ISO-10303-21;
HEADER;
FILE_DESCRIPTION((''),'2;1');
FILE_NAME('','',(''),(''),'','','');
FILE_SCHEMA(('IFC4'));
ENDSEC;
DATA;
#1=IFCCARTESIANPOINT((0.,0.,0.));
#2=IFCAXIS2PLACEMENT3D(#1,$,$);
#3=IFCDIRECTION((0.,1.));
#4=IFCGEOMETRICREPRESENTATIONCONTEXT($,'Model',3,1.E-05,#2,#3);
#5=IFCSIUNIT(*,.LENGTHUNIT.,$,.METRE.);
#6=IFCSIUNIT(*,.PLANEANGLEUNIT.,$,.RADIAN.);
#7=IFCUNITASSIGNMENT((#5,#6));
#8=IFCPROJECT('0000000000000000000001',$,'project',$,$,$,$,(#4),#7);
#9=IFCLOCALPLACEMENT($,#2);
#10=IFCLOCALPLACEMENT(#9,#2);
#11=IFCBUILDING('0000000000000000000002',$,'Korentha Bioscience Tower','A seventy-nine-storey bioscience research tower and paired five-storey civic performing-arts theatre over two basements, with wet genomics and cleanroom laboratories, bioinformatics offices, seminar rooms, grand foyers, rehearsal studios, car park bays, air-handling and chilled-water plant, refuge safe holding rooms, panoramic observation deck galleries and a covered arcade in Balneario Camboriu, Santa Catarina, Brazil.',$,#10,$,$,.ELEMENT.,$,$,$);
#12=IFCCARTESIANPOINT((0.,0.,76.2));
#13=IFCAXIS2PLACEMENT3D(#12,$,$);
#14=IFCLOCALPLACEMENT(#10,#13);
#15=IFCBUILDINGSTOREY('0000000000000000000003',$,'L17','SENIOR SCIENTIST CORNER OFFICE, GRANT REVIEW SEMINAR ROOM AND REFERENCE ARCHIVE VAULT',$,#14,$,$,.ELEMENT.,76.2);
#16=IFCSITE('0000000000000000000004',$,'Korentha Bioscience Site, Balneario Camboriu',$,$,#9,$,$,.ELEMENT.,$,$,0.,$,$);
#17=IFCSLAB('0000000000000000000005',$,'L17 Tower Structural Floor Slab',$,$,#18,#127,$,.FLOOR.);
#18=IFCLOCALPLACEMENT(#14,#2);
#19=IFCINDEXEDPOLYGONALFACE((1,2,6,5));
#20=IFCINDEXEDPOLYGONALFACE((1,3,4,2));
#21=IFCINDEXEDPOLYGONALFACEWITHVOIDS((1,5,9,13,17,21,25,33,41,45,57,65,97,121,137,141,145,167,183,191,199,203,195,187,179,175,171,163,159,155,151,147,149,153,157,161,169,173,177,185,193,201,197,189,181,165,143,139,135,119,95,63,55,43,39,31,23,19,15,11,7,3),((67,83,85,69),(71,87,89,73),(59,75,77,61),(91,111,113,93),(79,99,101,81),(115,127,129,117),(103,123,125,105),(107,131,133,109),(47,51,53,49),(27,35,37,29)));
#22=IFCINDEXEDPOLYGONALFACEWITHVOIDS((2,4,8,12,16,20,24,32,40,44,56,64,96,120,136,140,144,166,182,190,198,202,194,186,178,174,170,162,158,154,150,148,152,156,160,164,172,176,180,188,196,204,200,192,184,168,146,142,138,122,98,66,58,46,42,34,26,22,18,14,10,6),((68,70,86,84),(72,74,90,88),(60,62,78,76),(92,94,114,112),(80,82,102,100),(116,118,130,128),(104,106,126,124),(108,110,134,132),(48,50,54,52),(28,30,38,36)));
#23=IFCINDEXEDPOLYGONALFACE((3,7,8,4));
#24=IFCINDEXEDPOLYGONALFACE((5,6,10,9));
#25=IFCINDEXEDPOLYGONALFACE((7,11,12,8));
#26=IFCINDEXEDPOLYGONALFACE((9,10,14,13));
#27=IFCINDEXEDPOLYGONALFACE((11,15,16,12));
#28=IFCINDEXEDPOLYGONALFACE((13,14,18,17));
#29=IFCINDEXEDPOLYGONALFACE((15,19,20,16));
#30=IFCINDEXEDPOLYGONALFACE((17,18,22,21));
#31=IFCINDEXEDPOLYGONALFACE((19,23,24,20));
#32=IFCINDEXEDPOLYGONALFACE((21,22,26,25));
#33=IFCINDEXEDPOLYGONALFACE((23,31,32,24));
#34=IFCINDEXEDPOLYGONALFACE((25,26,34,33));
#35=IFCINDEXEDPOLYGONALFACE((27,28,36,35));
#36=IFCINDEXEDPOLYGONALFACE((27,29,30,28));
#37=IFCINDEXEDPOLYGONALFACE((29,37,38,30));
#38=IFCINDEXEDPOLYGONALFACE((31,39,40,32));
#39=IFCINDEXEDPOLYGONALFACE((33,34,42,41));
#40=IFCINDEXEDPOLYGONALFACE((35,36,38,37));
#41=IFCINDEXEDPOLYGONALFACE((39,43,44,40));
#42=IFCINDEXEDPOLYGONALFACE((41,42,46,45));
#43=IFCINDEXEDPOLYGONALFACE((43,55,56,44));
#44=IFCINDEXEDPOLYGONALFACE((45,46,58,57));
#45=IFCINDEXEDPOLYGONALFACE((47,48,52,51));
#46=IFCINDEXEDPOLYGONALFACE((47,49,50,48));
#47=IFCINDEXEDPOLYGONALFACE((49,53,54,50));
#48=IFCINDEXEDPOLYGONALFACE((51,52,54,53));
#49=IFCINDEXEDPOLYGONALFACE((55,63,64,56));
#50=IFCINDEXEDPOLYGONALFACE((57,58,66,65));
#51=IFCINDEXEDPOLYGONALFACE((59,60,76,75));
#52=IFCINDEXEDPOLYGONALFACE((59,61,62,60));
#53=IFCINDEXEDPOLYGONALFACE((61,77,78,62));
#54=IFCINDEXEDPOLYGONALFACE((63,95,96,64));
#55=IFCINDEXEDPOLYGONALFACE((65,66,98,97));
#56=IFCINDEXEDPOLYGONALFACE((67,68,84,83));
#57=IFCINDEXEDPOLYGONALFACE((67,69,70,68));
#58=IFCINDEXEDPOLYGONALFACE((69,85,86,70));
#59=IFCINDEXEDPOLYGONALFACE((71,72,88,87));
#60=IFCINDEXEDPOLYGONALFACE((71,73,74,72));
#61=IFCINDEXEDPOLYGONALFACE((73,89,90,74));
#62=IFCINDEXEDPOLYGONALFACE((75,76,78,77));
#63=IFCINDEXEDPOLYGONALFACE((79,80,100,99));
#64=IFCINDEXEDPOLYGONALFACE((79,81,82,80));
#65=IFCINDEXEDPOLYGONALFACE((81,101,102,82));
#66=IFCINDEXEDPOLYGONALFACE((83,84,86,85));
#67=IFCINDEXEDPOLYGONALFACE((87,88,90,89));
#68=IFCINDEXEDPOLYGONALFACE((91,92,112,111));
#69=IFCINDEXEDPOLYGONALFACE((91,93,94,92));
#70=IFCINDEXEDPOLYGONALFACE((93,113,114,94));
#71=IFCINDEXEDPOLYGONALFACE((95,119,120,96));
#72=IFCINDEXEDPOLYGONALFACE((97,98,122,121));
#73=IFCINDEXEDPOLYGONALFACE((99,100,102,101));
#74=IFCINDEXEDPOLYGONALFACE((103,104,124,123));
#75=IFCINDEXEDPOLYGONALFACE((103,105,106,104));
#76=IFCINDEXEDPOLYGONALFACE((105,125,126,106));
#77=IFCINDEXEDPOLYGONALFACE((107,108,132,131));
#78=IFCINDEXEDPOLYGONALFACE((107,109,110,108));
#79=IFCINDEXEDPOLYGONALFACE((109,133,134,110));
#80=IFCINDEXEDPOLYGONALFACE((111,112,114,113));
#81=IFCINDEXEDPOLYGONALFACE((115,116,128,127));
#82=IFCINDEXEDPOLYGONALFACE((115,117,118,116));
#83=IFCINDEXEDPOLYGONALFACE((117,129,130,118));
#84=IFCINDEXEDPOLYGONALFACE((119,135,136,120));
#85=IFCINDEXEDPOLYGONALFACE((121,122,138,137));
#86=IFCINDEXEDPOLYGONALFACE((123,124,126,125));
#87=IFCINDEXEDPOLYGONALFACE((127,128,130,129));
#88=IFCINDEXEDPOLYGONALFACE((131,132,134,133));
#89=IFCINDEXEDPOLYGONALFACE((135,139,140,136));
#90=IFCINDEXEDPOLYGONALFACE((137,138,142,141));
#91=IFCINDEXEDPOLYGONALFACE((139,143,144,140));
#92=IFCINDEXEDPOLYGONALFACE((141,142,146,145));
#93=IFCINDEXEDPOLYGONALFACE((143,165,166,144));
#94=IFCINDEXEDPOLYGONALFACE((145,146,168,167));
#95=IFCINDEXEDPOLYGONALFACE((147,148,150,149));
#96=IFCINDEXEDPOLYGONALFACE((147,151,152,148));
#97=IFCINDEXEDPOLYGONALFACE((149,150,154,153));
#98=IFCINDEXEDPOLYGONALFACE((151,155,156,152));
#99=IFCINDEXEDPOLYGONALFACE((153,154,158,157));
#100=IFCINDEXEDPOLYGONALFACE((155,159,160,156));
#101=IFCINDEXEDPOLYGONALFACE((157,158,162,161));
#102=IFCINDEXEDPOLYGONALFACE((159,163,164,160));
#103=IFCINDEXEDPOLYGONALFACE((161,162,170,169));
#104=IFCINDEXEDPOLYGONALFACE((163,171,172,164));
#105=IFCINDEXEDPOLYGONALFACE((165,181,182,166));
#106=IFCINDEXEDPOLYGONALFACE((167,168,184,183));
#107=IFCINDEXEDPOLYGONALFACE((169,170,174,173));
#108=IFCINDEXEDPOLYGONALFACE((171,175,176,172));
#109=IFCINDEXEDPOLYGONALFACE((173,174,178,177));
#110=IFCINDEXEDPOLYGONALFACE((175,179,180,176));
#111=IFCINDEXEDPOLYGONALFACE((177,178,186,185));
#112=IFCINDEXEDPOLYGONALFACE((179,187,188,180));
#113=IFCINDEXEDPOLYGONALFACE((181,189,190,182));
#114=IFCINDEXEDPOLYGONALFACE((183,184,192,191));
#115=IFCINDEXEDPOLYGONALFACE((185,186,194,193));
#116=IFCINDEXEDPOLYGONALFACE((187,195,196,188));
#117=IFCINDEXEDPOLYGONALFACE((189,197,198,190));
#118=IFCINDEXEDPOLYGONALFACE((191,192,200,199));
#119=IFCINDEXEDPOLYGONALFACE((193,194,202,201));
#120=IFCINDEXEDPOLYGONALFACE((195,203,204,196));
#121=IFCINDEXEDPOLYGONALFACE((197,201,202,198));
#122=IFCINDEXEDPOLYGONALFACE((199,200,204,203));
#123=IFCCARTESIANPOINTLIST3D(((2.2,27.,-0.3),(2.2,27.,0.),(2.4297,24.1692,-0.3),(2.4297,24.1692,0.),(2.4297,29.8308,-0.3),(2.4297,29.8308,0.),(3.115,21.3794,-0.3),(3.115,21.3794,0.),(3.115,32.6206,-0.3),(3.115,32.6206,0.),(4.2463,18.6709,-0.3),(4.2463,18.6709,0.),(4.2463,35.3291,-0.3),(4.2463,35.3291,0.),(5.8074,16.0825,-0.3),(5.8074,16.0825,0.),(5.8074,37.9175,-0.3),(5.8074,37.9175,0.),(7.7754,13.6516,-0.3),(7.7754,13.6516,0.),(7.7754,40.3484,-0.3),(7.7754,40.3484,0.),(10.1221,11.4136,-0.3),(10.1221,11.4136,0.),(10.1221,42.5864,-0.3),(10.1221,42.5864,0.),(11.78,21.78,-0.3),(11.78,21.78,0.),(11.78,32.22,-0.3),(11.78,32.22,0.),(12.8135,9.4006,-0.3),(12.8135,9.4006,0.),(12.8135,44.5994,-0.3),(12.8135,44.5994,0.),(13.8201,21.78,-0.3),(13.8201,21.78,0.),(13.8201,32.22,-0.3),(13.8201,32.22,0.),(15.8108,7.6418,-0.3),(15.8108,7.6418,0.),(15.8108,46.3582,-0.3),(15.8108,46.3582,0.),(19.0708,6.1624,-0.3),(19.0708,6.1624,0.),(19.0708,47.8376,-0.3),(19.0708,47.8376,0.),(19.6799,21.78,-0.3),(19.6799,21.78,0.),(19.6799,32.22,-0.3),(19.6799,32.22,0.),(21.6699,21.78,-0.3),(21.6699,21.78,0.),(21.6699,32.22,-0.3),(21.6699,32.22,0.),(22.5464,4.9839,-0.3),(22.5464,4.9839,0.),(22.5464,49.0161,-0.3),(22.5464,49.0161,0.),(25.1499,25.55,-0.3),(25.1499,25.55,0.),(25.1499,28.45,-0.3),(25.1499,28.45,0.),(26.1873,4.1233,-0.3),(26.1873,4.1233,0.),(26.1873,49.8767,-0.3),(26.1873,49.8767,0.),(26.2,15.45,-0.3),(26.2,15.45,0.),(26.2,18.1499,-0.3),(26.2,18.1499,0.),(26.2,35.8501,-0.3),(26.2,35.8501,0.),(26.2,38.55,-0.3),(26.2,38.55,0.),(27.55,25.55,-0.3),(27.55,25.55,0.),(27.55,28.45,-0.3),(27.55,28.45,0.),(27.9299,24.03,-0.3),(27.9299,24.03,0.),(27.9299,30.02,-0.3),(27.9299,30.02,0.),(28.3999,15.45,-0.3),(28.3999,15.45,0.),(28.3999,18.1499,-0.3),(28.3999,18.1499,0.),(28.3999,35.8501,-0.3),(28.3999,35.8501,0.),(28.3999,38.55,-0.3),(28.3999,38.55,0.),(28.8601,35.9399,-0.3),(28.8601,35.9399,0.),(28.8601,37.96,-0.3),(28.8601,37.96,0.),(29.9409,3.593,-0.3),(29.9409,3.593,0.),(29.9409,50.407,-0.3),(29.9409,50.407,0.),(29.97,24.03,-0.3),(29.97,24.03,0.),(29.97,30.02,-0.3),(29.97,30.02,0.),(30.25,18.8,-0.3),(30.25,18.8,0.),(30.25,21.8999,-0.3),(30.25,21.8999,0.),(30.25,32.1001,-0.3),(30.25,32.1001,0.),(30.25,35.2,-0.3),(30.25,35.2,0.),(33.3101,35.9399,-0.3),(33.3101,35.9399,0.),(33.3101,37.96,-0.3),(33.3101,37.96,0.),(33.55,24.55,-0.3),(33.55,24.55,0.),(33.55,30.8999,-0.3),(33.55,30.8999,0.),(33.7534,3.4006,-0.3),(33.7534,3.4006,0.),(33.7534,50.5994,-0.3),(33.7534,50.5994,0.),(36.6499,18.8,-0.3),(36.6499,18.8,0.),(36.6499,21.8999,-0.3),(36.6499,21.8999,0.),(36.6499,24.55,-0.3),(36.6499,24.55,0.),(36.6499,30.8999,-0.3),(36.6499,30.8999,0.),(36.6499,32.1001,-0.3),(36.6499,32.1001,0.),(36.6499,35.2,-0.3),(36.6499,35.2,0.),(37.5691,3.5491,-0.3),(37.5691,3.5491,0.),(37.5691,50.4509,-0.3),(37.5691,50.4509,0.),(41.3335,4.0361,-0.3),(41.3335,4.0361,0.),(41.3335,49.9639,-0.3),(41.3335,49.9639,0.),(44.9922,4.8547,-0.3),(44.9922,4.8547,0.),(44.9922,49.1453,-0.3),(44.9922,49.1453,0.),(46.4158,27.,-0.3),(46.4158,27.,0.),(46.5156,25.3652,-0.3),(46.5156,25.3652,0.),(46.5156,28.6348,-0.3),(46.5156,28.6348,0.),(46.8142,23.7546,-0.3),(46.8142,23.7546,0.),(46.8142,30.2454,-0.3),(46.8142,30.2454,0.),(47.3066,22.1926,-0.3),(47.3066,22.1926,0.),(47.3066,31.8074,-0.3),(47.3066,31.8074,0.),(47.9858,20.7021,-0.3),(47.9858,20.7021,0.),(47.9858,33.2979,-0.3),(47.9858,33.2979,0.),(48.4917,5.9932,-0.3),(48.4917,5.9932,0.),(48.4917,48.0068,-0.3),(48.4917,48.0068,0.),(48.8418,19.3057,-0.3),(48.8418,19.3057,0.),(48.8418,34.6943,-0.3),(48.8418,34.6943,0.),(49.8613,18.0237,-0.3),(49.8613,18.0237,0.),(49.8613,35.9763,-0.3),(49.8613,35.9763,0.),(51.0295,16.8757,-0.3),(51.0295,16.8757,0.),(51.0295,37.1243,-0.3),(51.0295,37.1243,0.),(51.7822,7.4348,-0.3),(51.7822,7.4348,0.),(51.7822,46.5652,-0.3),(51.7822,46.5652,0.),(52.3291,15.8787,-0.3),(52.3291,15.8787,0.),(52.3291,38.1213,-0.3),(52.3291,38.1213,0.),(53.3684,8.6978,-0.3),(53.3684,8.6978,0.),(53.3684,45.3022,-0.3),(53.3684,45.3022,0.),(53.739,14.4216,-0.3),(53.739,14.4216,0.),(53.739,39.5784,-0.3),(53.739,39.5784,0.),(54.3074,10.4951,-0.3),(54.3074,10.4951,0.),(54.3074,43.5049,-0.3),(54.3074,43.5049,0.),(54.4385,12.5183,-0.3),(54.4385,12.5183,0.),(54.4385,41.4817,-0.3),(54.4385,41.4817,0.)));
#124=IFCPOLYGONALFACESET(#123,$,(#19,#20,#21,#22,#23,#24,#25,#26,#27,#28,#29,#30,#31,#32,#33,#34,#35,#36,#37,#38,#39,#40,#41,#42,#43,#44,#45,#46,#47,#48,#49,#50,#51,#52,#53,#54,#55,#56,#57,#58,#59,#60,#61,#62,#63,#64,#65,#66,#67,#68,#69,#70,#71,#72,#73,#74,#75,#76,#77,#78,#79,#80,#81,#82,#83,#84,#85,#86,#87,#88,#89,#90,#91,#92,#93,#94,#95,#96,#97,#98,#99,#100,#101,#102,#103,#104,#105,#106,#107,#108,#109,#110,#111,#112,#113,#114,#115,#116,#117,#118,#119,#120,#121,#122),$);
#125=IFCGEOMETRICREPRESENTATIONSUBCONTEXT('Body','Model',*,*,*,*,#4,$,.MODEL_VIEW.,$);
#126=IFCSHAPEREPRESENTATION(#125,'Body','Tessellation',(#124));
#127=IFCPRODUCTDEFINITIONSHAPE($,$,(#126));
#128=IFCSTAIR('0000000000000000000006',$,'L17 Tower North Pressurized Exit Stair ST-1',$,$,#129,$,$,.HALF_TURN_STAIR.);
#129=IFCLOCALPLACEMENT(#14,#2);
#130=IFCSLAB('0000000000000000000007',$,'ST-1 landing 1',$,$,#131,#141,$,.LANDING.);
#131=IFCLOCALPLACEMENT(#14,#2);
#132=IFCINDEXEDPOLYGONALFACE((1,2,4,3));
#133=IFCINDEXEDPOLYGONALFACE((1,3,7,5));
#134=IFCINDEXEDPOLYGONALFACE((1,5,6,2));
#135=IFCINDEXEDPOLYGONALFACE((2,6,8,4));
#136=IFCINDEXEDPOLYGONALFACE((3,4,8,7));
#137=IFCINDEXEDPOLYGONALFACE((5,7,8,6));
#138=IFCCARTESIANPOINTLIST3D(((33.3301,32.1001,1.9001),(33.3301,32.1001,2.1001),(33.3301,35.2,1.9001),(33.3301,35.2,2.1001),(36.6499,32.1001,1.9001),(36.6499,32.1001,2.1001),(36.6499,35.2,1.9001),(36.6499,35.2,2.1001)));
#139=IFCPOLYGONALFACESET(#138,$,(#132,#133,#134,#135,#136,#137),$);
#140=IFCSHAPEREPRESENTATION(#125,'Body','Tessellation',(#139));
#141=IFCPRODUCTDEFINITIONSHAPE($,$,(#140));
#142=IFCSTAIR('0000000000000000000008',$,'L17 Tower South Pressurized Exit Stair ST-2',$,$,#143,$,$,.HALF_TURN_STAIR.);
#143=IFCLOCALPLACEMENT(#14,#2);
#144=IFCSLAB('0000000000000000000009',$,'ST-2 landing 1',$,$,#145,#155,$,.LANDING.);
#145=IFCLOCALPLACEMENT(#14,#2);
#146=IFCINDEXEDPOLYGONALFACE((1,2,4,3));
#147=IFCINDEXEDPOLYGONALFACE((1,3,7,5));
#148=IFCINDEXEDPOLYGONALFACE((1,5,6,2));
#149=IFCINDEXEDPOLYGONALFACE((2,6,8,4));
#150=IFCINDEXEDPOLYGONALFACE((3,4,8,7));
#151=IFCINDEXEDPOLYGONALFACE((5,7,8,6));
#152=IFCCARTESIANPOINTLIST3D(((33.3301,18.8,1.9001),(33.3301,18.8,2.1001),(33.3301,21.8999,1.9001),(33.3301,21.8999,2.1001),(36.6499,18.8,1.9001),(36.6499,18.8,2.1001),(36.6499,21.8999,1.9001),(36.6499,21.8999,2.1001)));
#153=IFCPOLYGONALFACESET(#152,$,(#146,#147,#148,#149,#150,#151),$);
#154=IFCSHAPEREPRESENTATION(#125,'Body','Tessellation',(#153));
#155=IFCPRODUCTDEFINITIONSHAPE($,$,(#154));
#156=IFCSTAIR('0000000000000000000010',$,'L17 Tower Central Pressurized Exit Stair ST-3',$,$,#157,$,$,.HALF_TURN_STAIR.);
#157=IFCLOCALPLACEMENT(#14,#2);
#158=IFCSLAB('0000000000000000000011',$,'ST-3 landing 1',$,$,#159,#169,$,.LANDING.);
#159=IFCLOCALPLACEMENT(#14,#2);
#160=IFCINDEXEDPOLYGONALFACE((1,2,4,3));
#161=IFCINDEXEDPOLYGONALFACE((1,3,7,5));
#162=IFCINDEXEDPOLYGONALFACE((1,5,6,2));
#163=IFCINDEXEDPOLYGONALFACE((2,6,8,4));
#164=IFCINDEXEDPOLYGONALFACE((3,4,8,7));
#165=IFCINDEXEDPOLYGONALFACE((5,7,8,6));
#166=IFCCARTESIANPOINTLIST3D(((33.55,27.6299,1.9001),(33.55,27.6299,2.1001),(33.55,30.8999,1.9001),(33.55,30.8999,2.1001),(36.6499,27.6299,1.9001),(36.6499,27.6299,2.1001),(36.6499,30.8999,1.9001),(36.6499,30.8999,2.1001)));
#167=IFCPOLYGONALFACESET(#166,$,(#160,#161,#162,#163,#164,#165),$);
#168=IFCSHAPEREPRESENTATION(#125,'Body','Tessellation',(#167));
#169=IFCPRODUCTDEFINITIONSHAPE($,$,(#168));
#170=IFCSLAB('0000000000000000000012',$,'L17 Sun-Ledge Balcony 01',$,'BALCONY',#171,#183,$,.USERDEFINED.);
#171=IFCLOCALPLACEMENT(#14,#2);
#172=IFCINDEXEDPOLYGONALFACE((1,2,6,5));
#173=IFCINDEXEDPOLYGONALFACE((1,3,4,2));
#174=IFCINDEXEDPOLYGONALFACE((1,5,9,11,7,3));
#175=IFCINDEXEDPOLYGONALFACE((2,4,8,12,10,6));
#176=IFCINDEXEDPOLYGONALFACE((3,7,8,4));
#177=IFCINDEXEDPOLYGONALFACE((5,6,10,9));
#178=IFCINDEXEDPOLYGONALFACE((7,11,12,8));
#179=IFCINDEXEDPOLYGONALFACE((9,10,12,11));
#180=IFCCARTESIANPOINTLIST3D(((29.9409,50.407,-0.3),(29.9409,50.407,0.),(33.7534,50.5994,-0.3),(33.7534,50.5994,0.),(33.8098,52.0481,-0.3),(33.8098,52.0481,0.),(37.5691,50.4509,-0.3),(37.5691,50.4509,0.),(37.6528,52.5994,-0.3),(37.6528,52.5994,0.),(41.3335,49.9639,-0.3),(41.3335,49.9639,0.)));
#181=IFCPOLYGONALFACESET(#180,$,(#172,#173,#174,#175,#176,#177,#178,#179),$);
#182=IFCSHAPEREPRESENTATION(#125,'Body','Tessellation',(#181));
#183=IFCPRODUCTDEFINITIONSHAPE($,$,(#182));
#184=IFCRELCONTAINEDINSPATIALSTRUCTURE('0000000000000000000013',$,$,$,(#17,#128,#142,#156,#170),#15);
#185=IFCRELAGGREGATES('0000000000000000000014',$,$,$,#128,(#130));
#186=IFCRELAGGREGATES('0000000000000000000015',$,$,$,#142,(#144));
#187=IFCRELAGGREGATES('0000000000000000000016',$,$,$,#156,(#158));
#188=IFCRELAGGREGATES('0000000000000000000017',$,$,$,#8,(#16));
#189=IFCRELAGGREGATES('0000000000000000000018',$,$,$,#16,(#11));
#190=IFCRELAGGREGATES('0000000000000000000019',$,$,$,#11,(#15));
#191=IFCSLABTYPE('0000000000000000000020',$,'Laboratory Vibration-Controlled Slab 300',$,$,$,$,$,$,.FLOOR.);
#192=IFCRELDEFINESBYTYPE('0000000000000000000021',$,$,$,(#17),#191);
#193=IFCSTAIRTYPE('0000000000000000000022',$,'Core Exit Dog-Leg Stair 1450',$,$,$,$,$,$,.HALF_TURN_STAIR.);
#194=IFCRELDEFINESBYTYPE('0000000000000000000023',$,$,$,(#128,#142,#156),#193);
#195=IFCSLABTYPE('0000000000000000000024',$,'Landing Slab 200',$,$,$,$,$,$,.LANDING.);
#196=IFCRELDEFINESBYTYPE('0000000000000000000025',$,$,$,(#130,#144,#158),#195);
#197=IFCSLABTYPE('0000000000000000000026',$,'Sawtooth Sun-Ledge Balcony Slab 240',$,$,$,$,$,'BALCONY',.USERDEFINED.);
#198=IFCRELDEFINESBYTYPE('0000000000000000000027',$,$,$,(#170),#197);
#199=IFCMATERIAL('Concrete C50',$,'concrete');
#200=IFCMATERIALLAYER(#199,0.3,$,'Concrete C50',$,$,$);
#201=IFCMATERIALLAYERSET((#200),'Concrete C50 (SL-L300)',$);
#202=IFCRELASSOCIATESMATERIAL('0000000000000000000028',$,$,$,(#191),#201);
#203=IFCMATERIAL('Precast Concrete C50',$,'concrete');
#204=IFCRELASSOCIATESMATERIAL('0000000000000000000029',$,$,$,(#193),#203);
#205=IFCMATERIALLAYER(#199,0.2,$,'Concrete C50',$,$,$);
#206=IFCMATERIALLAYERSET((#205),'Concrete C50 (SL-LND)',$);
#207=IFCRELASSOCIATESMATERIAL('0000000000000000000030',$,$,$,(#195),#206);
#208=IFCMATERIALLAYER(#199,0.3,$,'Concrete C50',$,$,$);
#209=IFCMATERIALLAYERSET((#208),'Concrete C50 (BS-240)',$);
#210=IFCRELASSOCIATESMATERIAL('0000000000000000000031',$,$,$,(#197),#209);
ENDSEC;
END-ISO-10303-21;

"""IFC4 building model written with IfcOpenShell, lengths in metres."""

from ifc_helpers import new_model, si_unit, direction, frame, origin, place, context, subcontext, project, spatial, polyline, outline, extrude, material, layer, layer_set, type_object, element, aggregate, save


model = new_model("IFC4")

# Units and contexts
model_context = context("Model", 3, precision=1e-05, world=origin(), true_north=direction((0.0, 1.0)))
body_context = subcontext(model_context, "Body", "Model", "MODEL_VIEW")
ifc_project = project(units=[si_unit("LENGTHUNIT", "METRE"), si_unit("PLANEANGLEUNIT", "RADIAN")], contexts=[model_context])

# Site, building, storey
site_placement = place(None, origin())
site = spatial("IfcSite", under=ifc_project, at=site_placement, Name="Korentha Bioscience Site, Balneario Camboriu", CompositionType="ELEMENT", RefElevation=0.0)
building_placement = place(site_placement, origin())
building = spatial("IfcBuilding", under=site, at=building_placement, Name="Korentha Bioscience Tower", Description="A seventy-nine-storey bioscience research tower and paired five-storey civic performing-arts theatre over two basements, with wet genomics and cleanroom laboratories, bioinformatics offices, seminar rooms, grand foyers, rehearsal studios, car park bays, air-handling and chilled-water plant, refuge safe holding rooms, panoramic observation deck galleries and a covered arcade in Balneario Camboriu, Santa Catarina, Brazil.", CompositionType="ELEMENT")
storey_placement = place(building_placement, frame((0.0, 0.0, 76.2)))
storey = spatial("IfcBuildingStorey", under=building, at=storey_placement, Name="L17", Description="SENIOR SCIENTIST CORNER OFFICE, GRANT REVIEW SEMINAR ROOM AND REFERENCE ARCHIVE VAULT", CompositionType="ELEMENT", Elevation=76.2)

# Slab
ifc_material_1 = material(Name="Concrete C50", Category="concrete")
ifc_layer_1 = layer(ifc_material_1, 0.3, Name="Concrete C50")
ifc_layer_set_1 = layer_set([ifc_layer_1], Name="Concrete C50 (SL-L300)")
slab_type_1 = type_object("IfcSlabType", Name="Laboratory Vibration-Controlled Slab 300", PredefinedType="FLOOR", material=ifc_layer_set_1)
slab_1_placement = place(storey_placement, frame((0.0, 0.0, -0.3)))
element("IfcSlab", 1, at=slab_1_placement, inside=storey, type_object=slab_type_1, Name="L17 Tower Structural Floor Slab", PredefinedType="FLOOR", context=body_context, shape_type="SweptSolid", body=[
    extrude(outline(polyline([(51.7822, 46.5652), (48.4917, 48.0068), (44.9922, 49.1453), (41.3335, 49.9639), (37.5691, 50.4509), (33.7534, 50.5994), (29.9409, 50.407), (26.1873, 49.8767), (22.5464, 49.0161), (19.0708, 47.8376), (15.8108, 46.3582), (12.8135, 44.5994), (10.1221, 42.5864), (7.7754, 40.3484), (5.8074, 37.9175), (4.2463, 35.3291), (3.115, 32.6206), (2.4297, 29.8308), (2.2, 27.0), (2.4297, 24.1692), (3.115, 21.3794), (4.2463, 18.6709), (5.8074, 16.0825), (7.7754, 13.6516), (10.1221, 11.4136), (12.8135, 9.4006), (15.8108, 7.6418), (19.0708, 6.1624), (22.5464, 4.9839), (26.1873, 4.1233), (29.9409, 3.593), (33.7534, 3.4006), (37.5691, 3.5491), (41.3335, 4.0361), (44.9922, 4.8547), (48.4917, 5.9932), (51.7822, 7.4348), (53.3684, 8.6978), (54.3074, 10.4951), (54.4385, 12.5183), (53.739, 14.4216), (52.3291, 15.8787), (51.0295, 16.8757), (49.8613, 18.0237), (48.8418, 19.3057), (47.9858, 20.7021), (47.3066, 22.1926), (46.8142, 23.7546), (46.5156, 25.3652), (46.4158, 27.0), (46.5156, 28.6348), (46.8142, 30.2454), (47.3066, 31.8074), (47.9858, 33.2979), (48.8418, 34.6943), (49.8613, 35.9763), (51.0295, 37.1243), (52.3291, 38.1213), (53.739, 39.5784), (54.4385, 41.4817), (54.3074, 43.5049), (53.3684, 45.3022), (51.7822, 46.5652)]), holes=[polyline([(30.25, 32.1001), (36.6499, 32.1001), (36.6499, 35.2), (30.25, 35.2), (30.25, 32.1001)]), polyline([(30.25, 18.8), (36.6499, 18.8), (36.6499, 21.8999), (30.25, 21.8999), (30.25, 18.8)]), polyline([(36.6499, 24.55), (36.6499, 30.8999), (33.55, 30.8999), (33.55, 24.55), (36.6499, 24.55)]), polyline([(11.78, 21.78), (13.8201, 21.78), (13.8201, 32.22), (11.78, 32.22), (11.78, 21.78)]), polyline([(19.6799, 21.78), (21.6699, 21.78), (21.6699, 32.22), (19.6799, 32.22), (19.6799, 21.78)]), polyline([(27.9299, 24.03), (29.97, 24.03), (29.97, 30.02), (27.9299, 30.02), (27.9299, 24.03)]), polyline([(28.8601, 35.9399), (33.3101, 35.9399), (33.3101, 37.96), (28.8601, 37.96), (28.8601, 35.9399)]), polyline([(26.2, 15.45), (28.3999, 15.45), (28.3999, 18.1499), (26.2, 18.1499), (26.2, 15.45)]), polyline([(26.2, 35.8501), (28.3999, 35.8501), (28.3999, 38.55), (26.2, 38.55), (26.2, 35.8501)]), polyline([(25.1499, 25.55), (27.55, 25.55), (27.55, 28.45), (25.1499, 28.45), (25.1499, 25.55)])]), origin(), (0.0, 0.0, 1.0), 0.3),
])

# Stairs, slabs
ifc_material_2 = material(Name="Precast Concrete C50", Category="concrete")
stair_type = type_object("IfcStairType", Name="Core Exit Dog-Leg Stair 1450", PredefinedType="HALF_TURN_STAIR", material=ifc_material_2)
stair_1_placement = place(storey_placement, origin())
stair_1 = element("IfcStair", 2, at=stair_1_placement, inside=storey, type_object=stair_type, Name="L17 Tower North Pressurized Exit Stair ST-1", PredefinedType="HALF_TURN_STAIR")
ifc_layer_2 = layer(ifc_material_1, 0.2, Name="Concrete C50")
ifc_layer_set_2 = layer_set([ifc_layer_2], Name="Concrete C50 (SL-LND)")
slab_type_2 = type_object("IfcSlabType", Name="Landing Slab 200", PredefinedType="LANDING", material=ifc_layer_set_2)
slab_2_placement = place(storey_placement, frame((0.0, 0.0, 1.9001)))
slab_2 = element("IfcSlab", 3, at=slab_2_placement, type_object=slab_type_2, Name="ST-1 landing 1", PredefinedType="LANDING", context=body_context, shape_type="SweptSolid", body=[
    extrude(outline(polyline([(33.3301, 32.1001), (36.6499, 32.1001), (36.6499, 35.2), (33.3301, 35.2), (33.3301, 32.1001)])), origin(), (0.0, 0.0, 1.0), 0.2),
])
aggregate(stair_1, [slab_2])
stair_2_placement = place(storey_placement, origin())
stair_2 = element("IfcStair", 4, at=stair_2_placement, inside=storey, type_object=stair_type, Name="L17 Tower South Pressurized Exit Stair ST-2", PredefinedType="HALF_TURN_STAIR")
slab_3_placement = place(storey_placement, frame((0.0, 0.0, 1.9001)))
slab_3 = element("IfcSlab", 5, at=slab_3_placement, type_object=slab_type_2, Name="ST-2 landing 1", PredefinedType="LANDING", context=body_context, shape_type="SweptSolid", body=[
    extrude(outline(polyline([(33.3301, 18.8), (36.6499, 18.8), (36.6499, 21.8999), (33.3301, 21.8999), (33.3301, 18.8)])), origin(), (0.0, 0.0, 1.0), 0.2),
])
aggregate(stair_2, [slab_3])
stair_3_placement = place(storey_placement, origin())
stair_3 = element("IfcStair", 6, at=stair_3_placement, inside=storey, type_object=stair_type, Name="L17 Tower Central Pressurized Exit Stair ST-3", PredefinedType="HALF_TURN_STAIR")
slab_4_placement = place(storey_placement, frame((0.0, 0.0, 1.9001)))
slab_4 = element("IfcSlab", 7, at=slab_4_placement, type_object=slab_type_2, Name="ST-3 landing 1", PredefinedType="LANDING", context=body_context, shape_type="SweptSolid", body=[
    extrude(outline(polyline([(36.6499, 27.6299), (36.6499, 30.8999), (33.55, 30.8999), (33.55, 27.6299), (36.6499, 27.6299)])), origin(), (0.0, 0.0, 1.0), 0.2),
])
aggregate(stair_3, [slab_4])

# Slab
ifc_layer_3 = layer(ifc_material_1, 0.3, Name="Concrete C50")
ifc_layer_set_3 = layer_set([ifc_layer_3], Name="Concrete C50 (BS-240)")
slab_type_3 = type_object("IfcSlabType", Name="Sawtooth Sun-Ledge Balcony Slab 240", ElementType="BALCONY", PredefinedType="USERDEFINED", material=ifc_layer_set_3)
slab_5_placement = place(storey_placement, frame((0.0, 0.0, -0.3)))
element("IfcSlab", 8, at=slab_5_placement, inside=storey, type_object=slab_type_3, Name="L17 Sun-Ledge Balcony 01", ObjectType="BALCONY", PredefinedType="USERDEFINED", context=body_context, shape_type="SweptSolid", body=[
    extrude(outline(polyline([(29.9409, 50.407), (33.7534, 50.5994), (37.5691, 50.4509), (41.3335, 49.9639), (37.6528, 52.5994), (33.8098, 52.0481), (29.9409, 50.407)])), origin(), (0.0, 0.0, 1.0), 0.3),
])

save(model, "model.ifc")
